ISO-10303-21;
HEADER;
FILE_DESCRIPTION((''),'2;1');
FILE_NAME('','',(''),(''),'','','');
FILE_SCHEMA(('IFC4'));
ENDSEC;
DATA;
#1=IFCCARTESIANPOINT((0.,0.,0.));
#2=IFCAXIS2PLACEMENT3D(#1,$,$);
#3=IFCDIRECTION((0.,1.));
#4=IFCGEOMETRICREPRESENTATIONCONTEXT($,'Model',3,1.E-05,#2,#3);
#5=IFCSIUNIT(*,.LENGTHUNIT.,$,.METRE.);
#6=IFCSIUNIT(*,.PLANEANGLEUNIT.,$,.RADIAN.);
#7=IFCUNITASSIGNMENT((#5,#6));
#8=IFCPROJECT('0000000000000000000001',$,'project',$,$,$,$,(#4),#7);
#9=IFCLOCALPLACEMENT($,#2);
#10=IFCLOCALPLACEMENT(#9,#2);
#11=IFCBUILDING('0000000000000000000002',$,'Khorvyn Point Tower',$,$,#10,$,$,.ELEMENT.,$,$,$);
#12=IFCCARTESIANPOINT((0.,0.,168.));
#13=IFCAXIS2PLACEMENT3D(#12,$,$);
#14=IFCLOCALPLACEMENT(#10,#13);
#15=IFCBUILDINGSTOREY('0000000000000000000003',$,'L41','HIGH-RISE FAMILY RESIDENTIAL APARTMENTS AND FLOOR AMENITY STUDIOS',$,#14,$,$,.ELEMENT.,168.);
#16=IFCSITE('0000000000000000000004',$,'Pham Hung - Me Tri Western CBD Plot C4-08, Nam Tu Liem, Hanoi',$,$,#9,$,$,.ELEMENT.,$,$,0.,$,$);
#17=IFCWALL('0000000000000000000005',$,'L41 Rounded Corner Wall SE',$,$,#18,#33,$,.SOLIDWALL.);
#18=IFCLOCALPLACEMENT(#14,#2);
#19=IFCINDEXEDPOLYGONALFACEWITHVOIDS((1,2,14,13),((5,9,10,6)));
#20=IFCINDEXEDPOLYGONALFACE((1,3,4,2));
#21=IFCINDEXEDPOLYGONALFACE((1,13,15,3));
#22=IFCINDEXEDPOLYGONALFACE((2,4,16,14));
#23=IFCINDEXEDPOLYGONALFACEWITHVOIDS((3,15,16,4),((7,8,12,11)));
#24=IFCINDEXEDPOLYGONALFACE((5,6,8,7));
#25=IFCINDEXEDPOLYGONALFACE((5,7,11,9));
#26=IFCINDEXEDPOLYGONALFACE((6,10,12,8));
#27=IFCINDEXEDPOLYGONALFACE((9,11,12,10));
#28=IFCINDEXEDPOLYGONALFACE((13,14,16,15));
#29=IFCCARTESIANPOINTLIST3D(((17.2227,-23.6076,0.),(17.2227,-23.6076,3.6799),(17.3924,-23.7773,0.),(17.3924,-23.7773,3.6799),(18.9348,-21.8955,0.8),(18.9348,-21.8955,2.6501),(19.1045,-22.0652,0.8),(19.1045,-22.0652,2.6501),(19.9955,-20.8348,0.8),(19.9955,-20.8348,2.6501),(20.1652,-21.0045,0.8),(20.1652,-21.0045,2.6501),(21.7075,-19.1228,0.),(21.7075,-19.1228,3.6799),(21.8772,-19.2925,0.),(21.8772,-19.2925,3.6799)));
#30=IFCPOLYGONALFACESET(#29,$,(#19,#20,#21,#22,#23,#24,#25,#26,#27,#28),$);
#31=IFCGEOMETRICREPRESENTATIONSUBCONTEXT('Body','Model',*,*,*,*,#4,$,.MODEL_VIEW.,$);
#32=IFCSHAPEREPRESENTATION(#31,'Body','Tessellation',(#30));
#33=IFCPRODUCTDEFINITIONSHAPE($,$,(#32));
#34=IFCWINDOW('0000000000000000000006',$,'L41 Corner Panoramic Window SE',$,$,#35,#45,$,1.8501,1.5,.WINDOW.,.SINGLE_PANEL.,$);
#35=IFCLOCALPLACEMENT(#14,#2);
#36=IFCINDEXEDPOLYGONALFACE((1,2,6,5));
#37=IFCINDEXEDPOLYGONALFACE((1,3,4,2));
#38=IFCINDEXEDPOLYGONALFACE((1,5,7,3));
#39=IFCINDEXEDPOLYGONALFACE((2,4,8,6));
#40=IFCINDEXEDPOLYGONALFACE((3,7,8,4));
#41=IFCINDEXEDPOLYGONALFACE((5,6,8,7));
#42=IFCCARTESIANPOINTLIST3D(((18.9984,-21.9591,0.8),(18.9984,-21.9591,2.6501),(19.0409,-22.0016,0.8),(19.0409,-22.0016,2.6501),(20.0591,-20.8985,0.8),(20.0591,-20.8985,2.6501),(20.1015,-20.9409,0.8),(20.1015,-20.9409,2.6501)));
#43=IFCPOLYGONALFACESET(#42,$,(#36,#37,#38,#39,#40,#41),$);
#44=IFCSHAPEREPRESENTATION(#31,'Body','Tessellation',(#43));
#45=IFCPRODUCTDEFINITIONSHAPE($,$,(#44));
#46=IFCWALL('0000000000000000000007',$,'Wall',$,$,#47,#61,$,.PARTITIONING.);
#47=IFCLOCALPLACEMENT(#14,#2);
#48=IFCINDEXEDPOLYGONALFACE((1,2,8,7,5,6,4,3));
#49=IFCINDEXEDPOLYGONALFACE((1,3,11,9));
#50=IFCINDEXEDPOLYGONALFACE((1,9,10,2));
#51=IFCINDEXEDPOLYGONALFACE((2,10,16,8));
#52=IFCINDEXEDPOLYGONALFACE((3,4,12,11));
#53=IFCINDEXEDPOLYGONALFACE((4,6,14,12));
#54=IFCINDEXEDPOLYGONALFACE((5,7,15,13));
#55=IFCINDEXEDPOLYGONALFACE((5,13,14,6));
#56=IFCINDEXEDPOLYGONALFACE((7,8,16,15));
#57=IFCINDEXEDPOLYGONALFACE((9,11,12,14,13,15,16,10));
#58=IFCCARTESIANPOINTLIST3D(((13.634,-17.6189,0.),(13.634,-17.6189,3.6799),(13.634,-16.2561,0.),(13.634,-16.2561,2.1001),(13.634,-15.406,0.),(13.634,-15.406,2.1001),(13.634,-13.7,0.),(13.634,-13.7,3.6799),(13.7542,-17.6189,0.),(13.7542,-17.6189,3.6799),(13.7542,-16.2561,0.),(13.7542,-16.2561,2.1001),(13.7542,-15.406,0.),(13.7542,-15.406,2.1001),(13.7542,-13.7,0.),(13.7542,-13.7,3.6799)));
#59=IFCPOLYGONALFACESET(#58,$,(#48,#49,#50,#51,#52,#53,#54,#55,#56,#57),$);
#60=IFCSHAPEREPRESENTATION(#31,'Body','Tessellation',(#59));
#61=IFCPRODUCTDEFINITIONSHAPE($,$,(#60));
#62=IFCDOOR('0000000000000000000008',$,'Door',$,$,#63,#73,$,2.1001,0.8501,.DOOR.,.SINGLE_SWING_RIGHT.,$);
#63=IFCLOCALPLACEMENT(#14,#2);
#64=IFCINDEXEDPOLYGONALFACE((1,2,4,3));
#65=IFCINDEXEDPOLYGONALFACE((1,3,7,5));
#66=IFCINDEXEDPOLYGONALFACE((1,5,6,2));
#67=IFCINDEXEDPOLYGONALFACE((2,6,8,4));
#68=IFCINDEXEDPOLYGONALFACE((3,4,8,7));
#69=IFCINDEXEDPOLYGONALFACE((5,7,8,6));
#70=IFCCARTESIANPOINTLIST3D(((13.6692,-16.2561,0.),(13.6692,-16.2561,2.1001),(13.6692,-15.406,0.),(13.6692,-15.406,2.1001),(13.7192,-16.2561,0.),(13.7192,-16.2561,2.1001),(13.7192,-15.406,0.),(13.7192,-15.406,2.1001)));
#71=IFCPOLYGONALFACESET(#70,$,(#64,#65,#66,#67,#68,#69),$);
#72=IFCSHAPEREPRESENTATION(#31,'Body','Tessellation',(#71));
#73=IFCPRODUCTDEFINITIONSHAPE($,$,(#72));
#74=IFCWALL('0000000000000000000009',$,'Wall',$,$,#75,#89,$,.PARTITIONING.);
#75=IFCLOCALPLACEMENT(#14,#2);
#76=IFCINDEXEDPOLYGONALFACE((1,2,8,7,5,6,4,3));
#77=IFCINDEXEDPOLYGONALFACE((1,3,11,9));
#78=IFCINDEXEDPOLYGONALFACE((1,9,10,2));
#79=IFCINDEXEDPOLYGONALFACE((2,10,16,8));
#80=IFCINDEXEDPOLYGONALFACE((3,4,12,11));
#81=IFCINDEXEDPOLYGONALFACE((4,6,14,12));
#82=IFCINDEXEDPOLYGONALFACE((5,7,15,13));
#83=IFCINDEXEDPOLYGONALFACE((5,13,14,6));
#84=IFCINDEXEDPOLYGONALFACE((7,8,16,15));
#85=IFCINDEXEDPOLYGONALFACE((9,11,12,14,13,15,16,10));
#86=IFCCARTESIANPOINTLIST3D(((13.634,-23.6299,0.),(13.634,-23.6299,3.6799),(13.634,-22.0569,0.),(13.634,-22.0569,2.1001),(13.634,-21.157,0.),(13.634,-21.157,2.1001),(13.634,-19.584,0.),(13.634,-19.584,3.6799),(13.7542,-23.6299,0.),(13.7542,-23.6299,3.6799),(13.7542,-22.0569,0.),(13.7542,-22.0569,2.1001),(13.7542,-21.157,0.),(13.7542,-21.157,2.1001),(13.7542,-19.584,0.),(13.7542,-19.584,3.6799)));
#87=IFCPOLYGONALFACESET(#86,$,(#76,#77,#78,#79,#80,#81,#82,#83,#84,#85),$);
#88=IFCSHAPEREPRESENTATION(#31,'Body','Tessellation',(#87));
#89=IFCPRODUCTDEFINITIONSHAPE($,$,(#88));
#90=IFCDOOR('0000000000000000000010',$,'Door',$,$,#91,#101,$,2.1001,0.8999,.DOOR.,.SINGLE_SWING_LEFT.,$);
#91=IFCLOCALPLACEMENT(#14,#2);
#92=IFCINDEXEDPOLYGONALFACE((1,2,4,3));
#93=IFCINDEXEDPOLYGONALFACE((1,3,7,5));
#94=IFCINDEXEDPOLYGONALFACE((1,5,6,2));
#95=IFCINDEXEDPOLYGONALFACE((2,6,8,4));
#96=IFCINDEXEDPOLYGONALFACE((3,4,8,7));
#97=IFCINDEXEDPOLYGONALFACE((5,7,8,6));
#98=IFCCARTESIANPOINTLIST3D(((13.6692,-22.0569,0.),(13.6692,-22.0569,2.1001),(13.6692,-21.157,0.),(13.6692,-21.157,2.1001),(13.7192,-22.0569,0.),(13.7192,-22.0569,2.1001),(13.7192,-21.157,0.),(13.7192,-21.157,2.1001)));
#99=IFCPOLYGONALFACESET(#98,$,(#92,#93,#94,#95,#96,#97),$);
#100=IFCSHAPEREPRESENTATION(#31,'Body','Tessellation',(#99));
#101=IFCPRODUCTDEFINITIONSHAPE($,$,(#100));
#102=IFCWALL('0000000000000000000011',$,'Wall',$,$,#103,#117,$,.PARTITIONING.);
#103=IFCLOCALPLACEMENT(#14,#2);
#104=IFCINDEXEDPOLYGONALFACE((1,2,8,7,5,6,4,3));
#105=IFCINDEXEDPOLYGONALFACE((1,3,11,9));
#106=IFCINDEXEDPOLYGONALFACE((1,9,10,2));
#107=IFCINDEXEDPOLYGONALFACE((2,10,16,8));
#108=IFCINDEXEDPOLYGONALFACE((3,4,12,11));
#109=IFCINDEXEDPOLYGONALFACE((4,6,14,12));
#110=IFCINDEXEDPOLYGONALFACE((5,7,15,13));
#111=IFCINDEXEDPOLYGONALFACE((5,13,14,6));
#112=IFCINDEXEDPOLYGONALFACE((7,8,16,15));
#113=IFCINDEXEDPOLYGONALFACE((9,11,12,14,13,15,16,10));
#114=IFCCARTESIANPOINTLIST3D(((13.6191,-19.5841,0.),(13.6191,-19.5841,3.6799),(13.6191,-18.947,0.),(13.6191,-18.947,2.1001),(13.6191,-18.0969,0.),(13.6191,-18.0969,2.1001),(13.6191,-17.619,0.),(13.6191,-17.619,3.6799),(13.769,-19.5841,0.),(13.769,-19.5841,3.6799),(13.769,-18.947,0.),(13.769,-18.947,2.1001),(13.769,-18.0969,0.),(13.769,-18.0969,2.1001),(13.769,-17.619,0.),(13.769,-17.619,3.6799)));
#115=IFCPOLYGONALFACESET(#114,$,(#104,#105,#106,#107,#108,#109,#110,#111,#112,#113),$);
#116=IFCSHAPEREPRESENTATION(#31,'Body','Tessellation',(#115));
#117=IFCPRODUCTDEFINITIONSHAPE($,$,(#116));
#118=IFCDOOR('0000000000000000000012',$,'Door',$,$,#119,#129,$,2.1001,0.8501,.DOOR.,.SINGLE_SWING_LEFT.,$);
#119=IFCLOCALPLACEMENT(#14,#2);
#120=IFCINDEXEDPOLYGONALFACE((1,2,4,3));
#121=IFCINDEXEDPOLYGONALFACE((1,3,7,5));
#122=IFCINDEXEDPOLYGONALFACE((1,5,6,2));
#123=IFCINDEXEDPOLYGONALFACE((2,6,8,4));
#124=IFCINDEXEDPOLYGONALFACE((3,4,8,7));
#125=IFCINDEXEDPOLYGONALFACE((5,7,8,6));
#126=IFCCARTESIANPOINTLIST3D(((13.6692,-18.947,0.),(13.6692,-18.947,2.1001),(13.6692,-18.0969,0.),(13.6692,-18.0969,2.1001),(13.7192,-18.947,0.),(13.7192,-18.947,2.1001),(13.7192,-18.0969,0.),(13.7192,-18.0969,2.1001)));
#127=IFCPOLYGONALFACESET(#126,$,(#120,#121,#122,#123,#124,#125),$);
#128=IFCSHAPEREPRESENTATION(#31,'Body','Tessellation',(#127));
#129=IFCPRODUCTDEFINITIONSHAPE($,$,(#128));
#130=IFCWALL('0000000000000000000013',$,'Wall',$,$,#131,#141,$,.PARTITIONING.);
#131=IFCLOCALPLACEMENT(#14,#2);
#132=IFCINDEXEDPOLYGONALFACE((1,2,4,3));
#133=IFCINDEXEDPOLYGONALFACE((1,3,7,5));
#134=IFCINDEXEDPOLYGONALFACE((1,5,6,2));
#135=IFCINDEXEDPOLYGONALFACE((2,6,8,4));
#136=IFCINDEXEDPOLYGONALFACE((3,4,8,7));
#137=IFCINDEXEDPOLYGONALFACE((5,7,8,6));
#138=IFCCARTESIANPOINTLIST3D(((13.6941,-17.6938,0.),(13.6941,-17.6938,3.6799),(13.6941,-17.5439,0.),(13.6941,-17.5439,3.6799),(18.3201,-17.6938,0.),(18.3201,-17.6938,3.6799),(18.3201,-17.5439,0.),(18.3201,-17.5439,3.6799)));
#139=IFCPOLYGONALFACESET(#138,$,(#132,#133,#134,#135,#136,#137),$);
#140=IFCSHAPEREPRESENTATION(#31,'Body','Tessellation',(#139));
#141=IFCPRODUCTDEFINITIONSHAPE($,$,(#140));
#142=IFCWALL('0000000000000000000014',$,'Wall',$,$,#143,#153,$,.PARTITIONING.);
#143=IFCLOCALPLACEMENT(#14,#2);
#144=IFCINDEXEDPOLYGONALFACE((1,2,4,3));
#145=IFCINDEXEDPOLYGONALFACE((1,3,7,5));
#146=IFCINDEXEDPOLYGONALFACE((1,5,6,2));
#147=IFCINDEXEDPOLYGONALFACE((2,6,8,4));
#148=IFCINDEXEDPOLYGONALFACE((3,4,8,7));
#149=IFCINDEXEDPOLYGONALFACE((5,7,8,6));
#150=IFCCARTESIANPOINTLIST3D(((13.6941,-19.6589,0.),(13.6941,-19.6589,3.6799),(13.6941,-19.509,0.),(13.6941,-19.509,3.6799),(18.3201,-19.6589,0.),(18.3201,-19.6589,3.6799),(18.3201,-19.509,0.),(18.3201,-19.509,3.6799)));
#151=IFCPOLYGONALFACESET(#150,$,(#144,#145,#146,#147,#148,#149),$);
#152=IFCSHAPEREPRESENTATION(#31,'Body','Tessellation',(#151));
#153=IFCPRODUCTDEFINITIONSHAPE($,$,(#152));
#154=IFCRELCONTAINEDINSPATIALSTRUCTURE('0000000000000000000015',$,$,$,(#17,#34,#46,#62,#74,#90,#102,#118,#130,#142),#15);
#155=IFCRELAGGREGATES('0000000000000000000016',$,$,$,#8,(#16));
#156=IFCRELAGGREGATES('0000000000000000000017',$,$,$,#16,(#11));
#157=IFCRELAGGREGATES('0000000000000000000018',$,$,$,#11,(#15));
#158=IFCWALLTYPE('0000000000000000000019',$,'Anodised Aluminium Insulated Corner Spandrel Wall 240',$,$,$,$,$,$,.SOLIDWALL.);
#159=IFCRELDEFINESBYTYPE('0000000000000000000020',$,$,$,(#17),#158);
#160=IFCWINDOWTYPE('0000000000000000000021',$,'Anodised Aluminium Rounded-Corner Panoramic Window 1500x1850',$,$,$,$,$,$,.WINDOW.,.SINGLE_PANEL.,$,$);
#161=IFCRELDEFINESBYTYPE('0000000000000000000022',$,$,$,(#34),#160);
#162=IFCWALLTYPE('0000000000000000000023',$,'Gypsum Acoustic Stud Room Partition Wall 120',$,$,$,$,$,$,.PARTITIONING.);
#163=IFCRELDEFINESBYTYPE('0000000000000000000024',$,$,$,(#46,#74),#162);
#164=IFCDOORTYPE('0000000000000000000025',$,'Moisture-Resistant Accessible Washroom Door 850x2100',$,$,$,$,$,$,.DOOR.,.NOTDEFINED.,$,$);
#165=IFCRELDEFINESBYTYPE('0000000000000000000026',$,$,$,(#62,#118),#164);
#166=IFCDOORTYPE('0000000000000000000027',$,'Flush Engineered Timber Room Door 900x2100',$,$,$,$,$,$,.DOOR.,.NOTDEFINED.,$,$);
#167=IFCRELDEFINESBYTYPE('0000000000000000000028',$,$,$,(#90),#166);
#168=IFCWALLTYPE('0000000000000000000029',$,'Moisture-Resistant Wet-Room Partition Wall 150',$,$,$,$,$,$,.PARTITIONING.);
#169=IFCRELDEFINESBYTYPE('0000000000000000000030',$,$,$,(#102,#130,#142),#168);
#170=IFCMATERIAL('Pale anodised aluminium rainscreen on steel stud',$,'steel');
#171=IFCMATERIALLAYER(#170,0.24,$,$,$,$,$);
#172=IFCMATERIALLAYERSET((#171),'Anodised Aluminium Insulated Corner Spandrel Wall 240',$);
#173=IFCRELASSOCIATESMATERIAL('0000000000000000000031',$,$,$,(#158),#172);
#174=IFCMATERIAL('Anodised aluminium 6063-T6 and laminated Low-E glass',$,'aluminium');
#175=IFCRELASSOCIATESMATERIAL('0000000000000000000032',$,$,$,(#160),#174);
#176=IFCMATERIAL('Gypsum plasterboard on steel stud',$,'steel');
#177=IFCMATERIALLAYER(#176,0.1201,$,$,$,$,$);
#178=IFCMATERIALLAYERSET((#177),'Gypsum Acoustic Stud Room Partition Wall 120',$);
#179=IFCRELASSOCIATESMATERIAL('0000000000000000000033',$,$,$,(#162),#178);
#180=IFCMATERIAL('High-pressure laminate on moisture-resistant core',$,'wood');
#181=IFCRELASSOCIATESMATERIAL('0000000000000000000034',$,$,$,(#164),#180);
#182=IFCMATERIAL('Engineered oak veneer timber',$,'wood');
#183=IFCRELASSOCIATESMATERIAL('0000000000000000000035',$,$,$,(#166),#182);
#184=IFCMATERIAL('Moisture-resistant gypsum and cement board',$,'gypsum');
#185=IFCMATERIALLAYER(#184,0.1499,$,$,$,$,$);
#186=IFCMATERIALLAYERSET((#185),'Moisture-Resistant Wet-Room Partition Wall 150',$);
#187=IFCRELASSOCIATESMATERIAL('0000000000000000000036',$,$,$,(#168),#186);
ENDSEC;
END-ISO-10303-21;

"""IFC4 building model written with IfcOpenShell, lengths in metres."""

from ifc_helpers import new_model, si_unit, direction, frame, frame_2d, origin, place, context, subcontext, project, spatial, rectangle, extrude, material, layer, layer_set, type_object, element, fill, save


model = new_model("IFC4")

# Units and contexts
model_context = context("Model", 3, precision=1e-05, world=origin(), true_north=direction((0.0, 1.0)))
body_context = subcontext(model_context, "Body", "Model", "MODEL_VIEW")
ifc_project = project(units=[si_unit("LENGTHUNIT", "METRE"), si_unit("PLANEANGLEUNIT", "RADIAN")], contexts=[model_context])

# Site, building, storey
site_placement = place(None, origin())
site = spatial("IfcSite", under=ifc_project, at=site_placement, Name="Pham Hung - Me Tri Western CBD Plot C4-08, Nam Tu Liem, Hanoi", CompositionType="ELEMENT", RefElevation=0.0)
building_placement = place(site_placement, origin())
building = spatial("IfcBuilding", under=site, at=building_placement, Name="Khorvyn Point Tower", CompositionType="ELEMENT")
storey_placement = place(building_placement, frame((0.0, 0.0, 168.0)))
storey = spatial("IfcBuildingStorey", under=building, at=storey_placement, Name="L41", Description="HIGH-RISE FAMILY RESIDENTIAL APARTMENTS AND FLOOR AMENITY STUDIOS", CompositionType="ELEMENT", Elevation=168.0)

# Shared definitions
ifc_material_1 = material(Name="Anodised aluminium 6063-T6 and laminated Low-E glass", Category="aluminium")

# Wall, opening, window
ifc_material_2 = material(Name="Pale anodised aluminium rainscreen on steel stud", Category="steel")
ifc_layer_1 = layer(ifc_material_2, 0.24)
ifc_layer_set_1 = layer_set([ifc_layer_1], Name="Anodised Aluminium Insulated Corner Spandrel Wall 240")
wall_type_1 = type_object("IfcWallType", Name="Anodised Aluminium Insulated Corner Spandrel Wall 240", PredefinedType="SOLIDWALL", material=ifc_layer_set_1)
wall_1_placement = place(storey_placement, frame((21.7925, -19.2075, 0.0), z_axis=(0.0, 0.0, 1.0), x_axis=(-0.707107, -0.707107, 0.0)))
wall_1 = element("IfcWall", 1, at=wall_1_placement, inside=storey, type_object=wall_type_1, Name="L41 Rounded Corner Wall SE", PredefinedType="SOLIDWALL", context=body_context, shape_type="SweptSolid", body=[
    extrude(rectangle(XDim=6.3425, YDim=0.24, at=frame_2d((3.1714, 0.0))), origin(), (0.0, 0.0, 1.0), 3.6799),
])
opening_1_placement = place(wall_1_placement, frame((2.4214, 0.0, 0.8)))
opening_1 = element("IfcOpeningElement", 2, at=opening_1_placement, cuts=wall_1, PredefinedType="OPENING", context=body_context, shape_type="SweptSolid", body=[
    extrude(rectangle(XDim=1.5, YDim=1.8501, at=frame_2d((0.75, 0.925))), frame((0.0, 0.1299, 0.0), z_axis=(0.0, -1.0, 0.0), x_axis=(1.0, 0.0, 0.0)), (0.0, 0.0, 1.0), 0.26),
])
window_type = type_object("IfcWindowType", Name="Anodised Aluminium Rounded-Corner Panoramic Window 1500x1850", PartitioningType="SINGLE_PANEL", PredefinedType="WINDOW", material=ifc_material_1)
window_placement = place(opening_1_placement, origin())
window = element("IfcWindow", 3, at=window_placement, inside=storey, type_object=window_type, Name="L41 Corner Panoramic Window SE", OverallHeight=1.8501, OverallWidth=1.5, PartitioningType="SINGLE_PANEL", PredefinedType="WINDOW", context=body_context, shape_type="SweptSolid", body=[
    extrude(rectangle(XDim=1.5, YDim=1.8501, at=frame_2d((0.75, 0.925))), frame((0.0, 0.03, 0.0), z_axis=(0.0, -1.0, 0.0), x_axis=(1.0, 0.0, 0.0)), (0.0, 0.0, 1.0), 0.0601),
])
fill(opening_1, window)

# Walls, openings, doors
ifc_material_3 = material(Name="Gypsum plasterboard on steel stud", Category="steel")
ifc_layer_2 = layer(ifc_material_3, 0.1201)
ifc_layer_set_2 = layer_set([ifc_layer_2], Name="Gypsum Acoustic Stud Room Partition Wall 120")
wall_type_2 = type_object("IfcWallType", Name="Gypsum Acoustic Stud Room Partition Wall 120", PredefinedType="PARTITIONING", material=ifc_layer_set_2)
wall_2_placement = place(storey_placement, frame((13.6941, -17.6189, 0.0), z_axis=(0.0, 0.0, 1.0), x_axis=(0.0, 1.0, 0.0)))
wall_2 = element("IfcWall", 4, at=wall_2_placement, inside=storey, type_object=wall_type_2, Name="Wall", PredefinedType="PARTITIONING", context=body_context, shape_type="SweptSolid", body=[
    extrude(rectangle(XDim=3.9189, YDim=0.1201, at=frame_2d((1.9595, 0.0))), origin(), (0.0, 0.0, 1.0), 3.6799),
])
opening_2_placement = place(wall_2_placement, frame((1.3628, 0.0, 0.0)))
opening_2 = element("IfcOpeningElement", 5, at=opening_2_placement, cuts=wall_2, PredefinedType="OPENING", context=body_context, shape_type="SweptSolid", body=[
    extrude(rectangle(XDim=0.8501, YDim=2.1001, at=frame_2d((0.425, 1.05))), frame((0.0, 0.0701, 0.0), z_axis=(0.0, -1.0, 0.0), x_axis=(1.0, 0.0, 0.0)), (0.0, 0.0, 1.0), 0.1401),
])
ifc_material_4 = material(Name="High-pressure laminate on moisture-resistant core", Category="wood")
door_type_1 = type_object("IfcDoorType", Name="Moisture-Resistant Accessible Washroom Door 850x2100", OperationType="NOTDEFINED", PredefinedType="DOOR", material=ifc_material_4)
door_1_placement = place(opening_2_placement, origin())
door_1 = element("IfcDoor", 6, at=door_1_placement, inside=storey, type_object=door_type_1, Name="Door", OperationType="SINGLE_SWING_RIGHT", OverallHeight=2.1001, OverallWidth=0.8501, PredefinedType="DOOR", context=body_context, shape_type="SweptSolid", body=[
    extrude(rectangle(XDim=0.8501, YDim=2.1001, at=frame_2d((0.425, 1.05))), frame((0.0, 0.0249, 0.0), z_axis=(0.0, -1.0, 0.0), x_axis=(1.0, 0.0, 0.0)), (0.0, 0.0, 1.0), 0.05),
])
fill(opening_2, door_1)
wall_3_placement = place(storey_placement, frame((13.6941, -23.6299, 0.0), z_axis=(0.0, 0.0, 1.0), x_axis=(0.0, 1.0, 0.0)))
wall_3 = element("IfcWall", 7, at=wall_3_placement, inside=storey, type_object=wall_type_2, Name="Wall", PredefinedType="PARTITIONING", context=body_context, shape_type="SweptSolid", body=[
    extrude(rectangle(XDim=4.0459, YDim=0.1201, at=frame_2d((2.0229, 0.0))), origin(), (0.0, 0.0, 1.0), 3.6799),
])
opening_3_placement = place(wall_3_placement, frame((1.573, 0.0, 0.0)))
opening_3 = element("IfcOpeningElement", 8, at=opening_3_placement, cuts=wall_3, PredefinedType="OPENING", context=body_context, shape_type="SweptSolid", body=[
    extrude(rectangle(XDim=0.8999, YDim=2.1001, at=frame_2d((0.45, 1.05))), frame((0.0, 0.0701, 0.0), z_axis=(0.0, -1.0, 0.0), x_axis=(1.0, 0.0, 0.0)), (0.0, 0.0, 1.0), 0.1401),
])
ifc_material_5 = material(Name="Engineered oak veneer timber", Category="wood")
door_type_2 = type_object("IfcDoorType", Name="Flush Engineered Timber Room Door 900x2100", OperationType="NOTDEFINED", PredefinedType="DOOR", material=ifc_material_5)
door_2_placement = place(opening_3_placement, origin())
door_2 = element("IfcDoor", 9, at=door_2_placement, inside=storey, type_object=door_type_2, Name="Door", OperationType="SINGLE_SWING_LEFT", OverallHeight=2.1001, OverallWidth=0.8999, PredefinedType="DOOR", context=body_context, shape_type="SweptSolid", body=[
    extrude(rectangle(XDim=0.8999, YDim=2.1001, at=frame_2d((0.45, 1.05))), frame((0.0, 0.0249, 0.0), z_axis=(0.0, -1.0, 0.0), x_axis=(1.0, 0.0, 0.0)), (0.0, 0.0, 1.0), 0.05),
])
fill(opening_3, door_2)
ifc_material_6 = material(Name="Moisture-resistant gypsum and cement board", Category="gypsum")
ifc_layer_3 = layer(ifc_material_6, 0.1499)
ifc_layer_set_3 = layer_set([ifc_layer_3], Name="Moisture-Resistant Wet-Room Partition Wall 150")
wall_type_3 = type_object("IfcWallType", Name="Moisture-Resistant Wet-Room Partition Wall 150", PredefinedType="PARTITIONING", material=ifc_layer_set_3)
wall_4_placement = place(storey_placement, frame((13.6941, -19.584, 0.0), z_axis=(0.0, 0.0, 1.0), x_axis=(0.0, 1.0, 0.0)))
wall_4 = element("IfcWall", 10, at=wall_4_placement, inside=storey, type_object=wall_type_3, Name="Wall", PredefinedType="PARTITIONING", context=body_context, shape_type="SweptSolid", body=[
    extrude(rectangle(XDim=1.9651, YDim=0.1499, at=frame_2d((0.9824, 0.0))), origin(), (0.0, 0.0, 1.0), 3.6799),
])
opening_4_placement = place(wall_4_placement, frame((0.637, 0.0, 0.0)))
opening_4 = element("IfcOpeningElement", 11, at=opening_4_placement, cuts=wall_4, PredefinedType="OPENING", context=body_context, shape_type="SweptSolid", body=[
    extrude(rectangle(XDim=0.8501, YDim=2.1001, at=frame_2d((0.425, 1.05))), frame((0.0, 0.085, 0.0), z_axis=(0.0, -1.0, 0.0), x_axis=(1.0, 0.0, 0.0)), (0.0, 0.0, 1.0), 0.1699),
])
door_3_placement = place(opening_4_placement, origin())
door_3 = element("IfcDoor", 12, at=door_3_placement, inside=storey, type_object=door_type_1, Name="Door", OperationType="SINGLE_SWING_LEFT", OverallHeight=2.1001, OverallWidth=0.8501, PredefinedType="DOOR", context=body_context, shape_type="SweptSolid", body=[
    extrude(rectangle(XDim=0.8501, YDim=2.1001, at=frame_2d((0.425, 1.05))), frame((0.0, 0.0249, 0.0), z_axis=(0.0, -1.0, 0.0), x_axis=(1.0, 0.0, 0.0)), (0.0, 0.0, 1.0), 0.05),
])
fill(opening_4, door_3)

# Walls
for number, where, z_axis, x_axis, name in (
    (13, (13.6941, -17.6189, 0.0), (0.0, 0.0, 1.0), (1.0, 0.0, 0.0), "Wall"),
    (14, (13.6941, -19.584, 0.0), (0.0, 0.0, 1.0), (1.0, 0.0, 0.0), "Wall"),
):
    element("IfcWall", number, at=place(storey_placement, frame(where, z_axis=z_axis, x_axis=x_axis)), inside=storey, type_object=wall_type_3, Name=name, PredefinedType="PARTITIONING", context=body_context, shape_type="SweptSolid", body=[
        extrude(rectangle(XDim=4.626, YDim=0.1499, at=frame_2d((2.313, 0.0))), origin(), (0.0, 0.0, 1.0), 3.6799),
    ])

save(model, "model.ifc")
